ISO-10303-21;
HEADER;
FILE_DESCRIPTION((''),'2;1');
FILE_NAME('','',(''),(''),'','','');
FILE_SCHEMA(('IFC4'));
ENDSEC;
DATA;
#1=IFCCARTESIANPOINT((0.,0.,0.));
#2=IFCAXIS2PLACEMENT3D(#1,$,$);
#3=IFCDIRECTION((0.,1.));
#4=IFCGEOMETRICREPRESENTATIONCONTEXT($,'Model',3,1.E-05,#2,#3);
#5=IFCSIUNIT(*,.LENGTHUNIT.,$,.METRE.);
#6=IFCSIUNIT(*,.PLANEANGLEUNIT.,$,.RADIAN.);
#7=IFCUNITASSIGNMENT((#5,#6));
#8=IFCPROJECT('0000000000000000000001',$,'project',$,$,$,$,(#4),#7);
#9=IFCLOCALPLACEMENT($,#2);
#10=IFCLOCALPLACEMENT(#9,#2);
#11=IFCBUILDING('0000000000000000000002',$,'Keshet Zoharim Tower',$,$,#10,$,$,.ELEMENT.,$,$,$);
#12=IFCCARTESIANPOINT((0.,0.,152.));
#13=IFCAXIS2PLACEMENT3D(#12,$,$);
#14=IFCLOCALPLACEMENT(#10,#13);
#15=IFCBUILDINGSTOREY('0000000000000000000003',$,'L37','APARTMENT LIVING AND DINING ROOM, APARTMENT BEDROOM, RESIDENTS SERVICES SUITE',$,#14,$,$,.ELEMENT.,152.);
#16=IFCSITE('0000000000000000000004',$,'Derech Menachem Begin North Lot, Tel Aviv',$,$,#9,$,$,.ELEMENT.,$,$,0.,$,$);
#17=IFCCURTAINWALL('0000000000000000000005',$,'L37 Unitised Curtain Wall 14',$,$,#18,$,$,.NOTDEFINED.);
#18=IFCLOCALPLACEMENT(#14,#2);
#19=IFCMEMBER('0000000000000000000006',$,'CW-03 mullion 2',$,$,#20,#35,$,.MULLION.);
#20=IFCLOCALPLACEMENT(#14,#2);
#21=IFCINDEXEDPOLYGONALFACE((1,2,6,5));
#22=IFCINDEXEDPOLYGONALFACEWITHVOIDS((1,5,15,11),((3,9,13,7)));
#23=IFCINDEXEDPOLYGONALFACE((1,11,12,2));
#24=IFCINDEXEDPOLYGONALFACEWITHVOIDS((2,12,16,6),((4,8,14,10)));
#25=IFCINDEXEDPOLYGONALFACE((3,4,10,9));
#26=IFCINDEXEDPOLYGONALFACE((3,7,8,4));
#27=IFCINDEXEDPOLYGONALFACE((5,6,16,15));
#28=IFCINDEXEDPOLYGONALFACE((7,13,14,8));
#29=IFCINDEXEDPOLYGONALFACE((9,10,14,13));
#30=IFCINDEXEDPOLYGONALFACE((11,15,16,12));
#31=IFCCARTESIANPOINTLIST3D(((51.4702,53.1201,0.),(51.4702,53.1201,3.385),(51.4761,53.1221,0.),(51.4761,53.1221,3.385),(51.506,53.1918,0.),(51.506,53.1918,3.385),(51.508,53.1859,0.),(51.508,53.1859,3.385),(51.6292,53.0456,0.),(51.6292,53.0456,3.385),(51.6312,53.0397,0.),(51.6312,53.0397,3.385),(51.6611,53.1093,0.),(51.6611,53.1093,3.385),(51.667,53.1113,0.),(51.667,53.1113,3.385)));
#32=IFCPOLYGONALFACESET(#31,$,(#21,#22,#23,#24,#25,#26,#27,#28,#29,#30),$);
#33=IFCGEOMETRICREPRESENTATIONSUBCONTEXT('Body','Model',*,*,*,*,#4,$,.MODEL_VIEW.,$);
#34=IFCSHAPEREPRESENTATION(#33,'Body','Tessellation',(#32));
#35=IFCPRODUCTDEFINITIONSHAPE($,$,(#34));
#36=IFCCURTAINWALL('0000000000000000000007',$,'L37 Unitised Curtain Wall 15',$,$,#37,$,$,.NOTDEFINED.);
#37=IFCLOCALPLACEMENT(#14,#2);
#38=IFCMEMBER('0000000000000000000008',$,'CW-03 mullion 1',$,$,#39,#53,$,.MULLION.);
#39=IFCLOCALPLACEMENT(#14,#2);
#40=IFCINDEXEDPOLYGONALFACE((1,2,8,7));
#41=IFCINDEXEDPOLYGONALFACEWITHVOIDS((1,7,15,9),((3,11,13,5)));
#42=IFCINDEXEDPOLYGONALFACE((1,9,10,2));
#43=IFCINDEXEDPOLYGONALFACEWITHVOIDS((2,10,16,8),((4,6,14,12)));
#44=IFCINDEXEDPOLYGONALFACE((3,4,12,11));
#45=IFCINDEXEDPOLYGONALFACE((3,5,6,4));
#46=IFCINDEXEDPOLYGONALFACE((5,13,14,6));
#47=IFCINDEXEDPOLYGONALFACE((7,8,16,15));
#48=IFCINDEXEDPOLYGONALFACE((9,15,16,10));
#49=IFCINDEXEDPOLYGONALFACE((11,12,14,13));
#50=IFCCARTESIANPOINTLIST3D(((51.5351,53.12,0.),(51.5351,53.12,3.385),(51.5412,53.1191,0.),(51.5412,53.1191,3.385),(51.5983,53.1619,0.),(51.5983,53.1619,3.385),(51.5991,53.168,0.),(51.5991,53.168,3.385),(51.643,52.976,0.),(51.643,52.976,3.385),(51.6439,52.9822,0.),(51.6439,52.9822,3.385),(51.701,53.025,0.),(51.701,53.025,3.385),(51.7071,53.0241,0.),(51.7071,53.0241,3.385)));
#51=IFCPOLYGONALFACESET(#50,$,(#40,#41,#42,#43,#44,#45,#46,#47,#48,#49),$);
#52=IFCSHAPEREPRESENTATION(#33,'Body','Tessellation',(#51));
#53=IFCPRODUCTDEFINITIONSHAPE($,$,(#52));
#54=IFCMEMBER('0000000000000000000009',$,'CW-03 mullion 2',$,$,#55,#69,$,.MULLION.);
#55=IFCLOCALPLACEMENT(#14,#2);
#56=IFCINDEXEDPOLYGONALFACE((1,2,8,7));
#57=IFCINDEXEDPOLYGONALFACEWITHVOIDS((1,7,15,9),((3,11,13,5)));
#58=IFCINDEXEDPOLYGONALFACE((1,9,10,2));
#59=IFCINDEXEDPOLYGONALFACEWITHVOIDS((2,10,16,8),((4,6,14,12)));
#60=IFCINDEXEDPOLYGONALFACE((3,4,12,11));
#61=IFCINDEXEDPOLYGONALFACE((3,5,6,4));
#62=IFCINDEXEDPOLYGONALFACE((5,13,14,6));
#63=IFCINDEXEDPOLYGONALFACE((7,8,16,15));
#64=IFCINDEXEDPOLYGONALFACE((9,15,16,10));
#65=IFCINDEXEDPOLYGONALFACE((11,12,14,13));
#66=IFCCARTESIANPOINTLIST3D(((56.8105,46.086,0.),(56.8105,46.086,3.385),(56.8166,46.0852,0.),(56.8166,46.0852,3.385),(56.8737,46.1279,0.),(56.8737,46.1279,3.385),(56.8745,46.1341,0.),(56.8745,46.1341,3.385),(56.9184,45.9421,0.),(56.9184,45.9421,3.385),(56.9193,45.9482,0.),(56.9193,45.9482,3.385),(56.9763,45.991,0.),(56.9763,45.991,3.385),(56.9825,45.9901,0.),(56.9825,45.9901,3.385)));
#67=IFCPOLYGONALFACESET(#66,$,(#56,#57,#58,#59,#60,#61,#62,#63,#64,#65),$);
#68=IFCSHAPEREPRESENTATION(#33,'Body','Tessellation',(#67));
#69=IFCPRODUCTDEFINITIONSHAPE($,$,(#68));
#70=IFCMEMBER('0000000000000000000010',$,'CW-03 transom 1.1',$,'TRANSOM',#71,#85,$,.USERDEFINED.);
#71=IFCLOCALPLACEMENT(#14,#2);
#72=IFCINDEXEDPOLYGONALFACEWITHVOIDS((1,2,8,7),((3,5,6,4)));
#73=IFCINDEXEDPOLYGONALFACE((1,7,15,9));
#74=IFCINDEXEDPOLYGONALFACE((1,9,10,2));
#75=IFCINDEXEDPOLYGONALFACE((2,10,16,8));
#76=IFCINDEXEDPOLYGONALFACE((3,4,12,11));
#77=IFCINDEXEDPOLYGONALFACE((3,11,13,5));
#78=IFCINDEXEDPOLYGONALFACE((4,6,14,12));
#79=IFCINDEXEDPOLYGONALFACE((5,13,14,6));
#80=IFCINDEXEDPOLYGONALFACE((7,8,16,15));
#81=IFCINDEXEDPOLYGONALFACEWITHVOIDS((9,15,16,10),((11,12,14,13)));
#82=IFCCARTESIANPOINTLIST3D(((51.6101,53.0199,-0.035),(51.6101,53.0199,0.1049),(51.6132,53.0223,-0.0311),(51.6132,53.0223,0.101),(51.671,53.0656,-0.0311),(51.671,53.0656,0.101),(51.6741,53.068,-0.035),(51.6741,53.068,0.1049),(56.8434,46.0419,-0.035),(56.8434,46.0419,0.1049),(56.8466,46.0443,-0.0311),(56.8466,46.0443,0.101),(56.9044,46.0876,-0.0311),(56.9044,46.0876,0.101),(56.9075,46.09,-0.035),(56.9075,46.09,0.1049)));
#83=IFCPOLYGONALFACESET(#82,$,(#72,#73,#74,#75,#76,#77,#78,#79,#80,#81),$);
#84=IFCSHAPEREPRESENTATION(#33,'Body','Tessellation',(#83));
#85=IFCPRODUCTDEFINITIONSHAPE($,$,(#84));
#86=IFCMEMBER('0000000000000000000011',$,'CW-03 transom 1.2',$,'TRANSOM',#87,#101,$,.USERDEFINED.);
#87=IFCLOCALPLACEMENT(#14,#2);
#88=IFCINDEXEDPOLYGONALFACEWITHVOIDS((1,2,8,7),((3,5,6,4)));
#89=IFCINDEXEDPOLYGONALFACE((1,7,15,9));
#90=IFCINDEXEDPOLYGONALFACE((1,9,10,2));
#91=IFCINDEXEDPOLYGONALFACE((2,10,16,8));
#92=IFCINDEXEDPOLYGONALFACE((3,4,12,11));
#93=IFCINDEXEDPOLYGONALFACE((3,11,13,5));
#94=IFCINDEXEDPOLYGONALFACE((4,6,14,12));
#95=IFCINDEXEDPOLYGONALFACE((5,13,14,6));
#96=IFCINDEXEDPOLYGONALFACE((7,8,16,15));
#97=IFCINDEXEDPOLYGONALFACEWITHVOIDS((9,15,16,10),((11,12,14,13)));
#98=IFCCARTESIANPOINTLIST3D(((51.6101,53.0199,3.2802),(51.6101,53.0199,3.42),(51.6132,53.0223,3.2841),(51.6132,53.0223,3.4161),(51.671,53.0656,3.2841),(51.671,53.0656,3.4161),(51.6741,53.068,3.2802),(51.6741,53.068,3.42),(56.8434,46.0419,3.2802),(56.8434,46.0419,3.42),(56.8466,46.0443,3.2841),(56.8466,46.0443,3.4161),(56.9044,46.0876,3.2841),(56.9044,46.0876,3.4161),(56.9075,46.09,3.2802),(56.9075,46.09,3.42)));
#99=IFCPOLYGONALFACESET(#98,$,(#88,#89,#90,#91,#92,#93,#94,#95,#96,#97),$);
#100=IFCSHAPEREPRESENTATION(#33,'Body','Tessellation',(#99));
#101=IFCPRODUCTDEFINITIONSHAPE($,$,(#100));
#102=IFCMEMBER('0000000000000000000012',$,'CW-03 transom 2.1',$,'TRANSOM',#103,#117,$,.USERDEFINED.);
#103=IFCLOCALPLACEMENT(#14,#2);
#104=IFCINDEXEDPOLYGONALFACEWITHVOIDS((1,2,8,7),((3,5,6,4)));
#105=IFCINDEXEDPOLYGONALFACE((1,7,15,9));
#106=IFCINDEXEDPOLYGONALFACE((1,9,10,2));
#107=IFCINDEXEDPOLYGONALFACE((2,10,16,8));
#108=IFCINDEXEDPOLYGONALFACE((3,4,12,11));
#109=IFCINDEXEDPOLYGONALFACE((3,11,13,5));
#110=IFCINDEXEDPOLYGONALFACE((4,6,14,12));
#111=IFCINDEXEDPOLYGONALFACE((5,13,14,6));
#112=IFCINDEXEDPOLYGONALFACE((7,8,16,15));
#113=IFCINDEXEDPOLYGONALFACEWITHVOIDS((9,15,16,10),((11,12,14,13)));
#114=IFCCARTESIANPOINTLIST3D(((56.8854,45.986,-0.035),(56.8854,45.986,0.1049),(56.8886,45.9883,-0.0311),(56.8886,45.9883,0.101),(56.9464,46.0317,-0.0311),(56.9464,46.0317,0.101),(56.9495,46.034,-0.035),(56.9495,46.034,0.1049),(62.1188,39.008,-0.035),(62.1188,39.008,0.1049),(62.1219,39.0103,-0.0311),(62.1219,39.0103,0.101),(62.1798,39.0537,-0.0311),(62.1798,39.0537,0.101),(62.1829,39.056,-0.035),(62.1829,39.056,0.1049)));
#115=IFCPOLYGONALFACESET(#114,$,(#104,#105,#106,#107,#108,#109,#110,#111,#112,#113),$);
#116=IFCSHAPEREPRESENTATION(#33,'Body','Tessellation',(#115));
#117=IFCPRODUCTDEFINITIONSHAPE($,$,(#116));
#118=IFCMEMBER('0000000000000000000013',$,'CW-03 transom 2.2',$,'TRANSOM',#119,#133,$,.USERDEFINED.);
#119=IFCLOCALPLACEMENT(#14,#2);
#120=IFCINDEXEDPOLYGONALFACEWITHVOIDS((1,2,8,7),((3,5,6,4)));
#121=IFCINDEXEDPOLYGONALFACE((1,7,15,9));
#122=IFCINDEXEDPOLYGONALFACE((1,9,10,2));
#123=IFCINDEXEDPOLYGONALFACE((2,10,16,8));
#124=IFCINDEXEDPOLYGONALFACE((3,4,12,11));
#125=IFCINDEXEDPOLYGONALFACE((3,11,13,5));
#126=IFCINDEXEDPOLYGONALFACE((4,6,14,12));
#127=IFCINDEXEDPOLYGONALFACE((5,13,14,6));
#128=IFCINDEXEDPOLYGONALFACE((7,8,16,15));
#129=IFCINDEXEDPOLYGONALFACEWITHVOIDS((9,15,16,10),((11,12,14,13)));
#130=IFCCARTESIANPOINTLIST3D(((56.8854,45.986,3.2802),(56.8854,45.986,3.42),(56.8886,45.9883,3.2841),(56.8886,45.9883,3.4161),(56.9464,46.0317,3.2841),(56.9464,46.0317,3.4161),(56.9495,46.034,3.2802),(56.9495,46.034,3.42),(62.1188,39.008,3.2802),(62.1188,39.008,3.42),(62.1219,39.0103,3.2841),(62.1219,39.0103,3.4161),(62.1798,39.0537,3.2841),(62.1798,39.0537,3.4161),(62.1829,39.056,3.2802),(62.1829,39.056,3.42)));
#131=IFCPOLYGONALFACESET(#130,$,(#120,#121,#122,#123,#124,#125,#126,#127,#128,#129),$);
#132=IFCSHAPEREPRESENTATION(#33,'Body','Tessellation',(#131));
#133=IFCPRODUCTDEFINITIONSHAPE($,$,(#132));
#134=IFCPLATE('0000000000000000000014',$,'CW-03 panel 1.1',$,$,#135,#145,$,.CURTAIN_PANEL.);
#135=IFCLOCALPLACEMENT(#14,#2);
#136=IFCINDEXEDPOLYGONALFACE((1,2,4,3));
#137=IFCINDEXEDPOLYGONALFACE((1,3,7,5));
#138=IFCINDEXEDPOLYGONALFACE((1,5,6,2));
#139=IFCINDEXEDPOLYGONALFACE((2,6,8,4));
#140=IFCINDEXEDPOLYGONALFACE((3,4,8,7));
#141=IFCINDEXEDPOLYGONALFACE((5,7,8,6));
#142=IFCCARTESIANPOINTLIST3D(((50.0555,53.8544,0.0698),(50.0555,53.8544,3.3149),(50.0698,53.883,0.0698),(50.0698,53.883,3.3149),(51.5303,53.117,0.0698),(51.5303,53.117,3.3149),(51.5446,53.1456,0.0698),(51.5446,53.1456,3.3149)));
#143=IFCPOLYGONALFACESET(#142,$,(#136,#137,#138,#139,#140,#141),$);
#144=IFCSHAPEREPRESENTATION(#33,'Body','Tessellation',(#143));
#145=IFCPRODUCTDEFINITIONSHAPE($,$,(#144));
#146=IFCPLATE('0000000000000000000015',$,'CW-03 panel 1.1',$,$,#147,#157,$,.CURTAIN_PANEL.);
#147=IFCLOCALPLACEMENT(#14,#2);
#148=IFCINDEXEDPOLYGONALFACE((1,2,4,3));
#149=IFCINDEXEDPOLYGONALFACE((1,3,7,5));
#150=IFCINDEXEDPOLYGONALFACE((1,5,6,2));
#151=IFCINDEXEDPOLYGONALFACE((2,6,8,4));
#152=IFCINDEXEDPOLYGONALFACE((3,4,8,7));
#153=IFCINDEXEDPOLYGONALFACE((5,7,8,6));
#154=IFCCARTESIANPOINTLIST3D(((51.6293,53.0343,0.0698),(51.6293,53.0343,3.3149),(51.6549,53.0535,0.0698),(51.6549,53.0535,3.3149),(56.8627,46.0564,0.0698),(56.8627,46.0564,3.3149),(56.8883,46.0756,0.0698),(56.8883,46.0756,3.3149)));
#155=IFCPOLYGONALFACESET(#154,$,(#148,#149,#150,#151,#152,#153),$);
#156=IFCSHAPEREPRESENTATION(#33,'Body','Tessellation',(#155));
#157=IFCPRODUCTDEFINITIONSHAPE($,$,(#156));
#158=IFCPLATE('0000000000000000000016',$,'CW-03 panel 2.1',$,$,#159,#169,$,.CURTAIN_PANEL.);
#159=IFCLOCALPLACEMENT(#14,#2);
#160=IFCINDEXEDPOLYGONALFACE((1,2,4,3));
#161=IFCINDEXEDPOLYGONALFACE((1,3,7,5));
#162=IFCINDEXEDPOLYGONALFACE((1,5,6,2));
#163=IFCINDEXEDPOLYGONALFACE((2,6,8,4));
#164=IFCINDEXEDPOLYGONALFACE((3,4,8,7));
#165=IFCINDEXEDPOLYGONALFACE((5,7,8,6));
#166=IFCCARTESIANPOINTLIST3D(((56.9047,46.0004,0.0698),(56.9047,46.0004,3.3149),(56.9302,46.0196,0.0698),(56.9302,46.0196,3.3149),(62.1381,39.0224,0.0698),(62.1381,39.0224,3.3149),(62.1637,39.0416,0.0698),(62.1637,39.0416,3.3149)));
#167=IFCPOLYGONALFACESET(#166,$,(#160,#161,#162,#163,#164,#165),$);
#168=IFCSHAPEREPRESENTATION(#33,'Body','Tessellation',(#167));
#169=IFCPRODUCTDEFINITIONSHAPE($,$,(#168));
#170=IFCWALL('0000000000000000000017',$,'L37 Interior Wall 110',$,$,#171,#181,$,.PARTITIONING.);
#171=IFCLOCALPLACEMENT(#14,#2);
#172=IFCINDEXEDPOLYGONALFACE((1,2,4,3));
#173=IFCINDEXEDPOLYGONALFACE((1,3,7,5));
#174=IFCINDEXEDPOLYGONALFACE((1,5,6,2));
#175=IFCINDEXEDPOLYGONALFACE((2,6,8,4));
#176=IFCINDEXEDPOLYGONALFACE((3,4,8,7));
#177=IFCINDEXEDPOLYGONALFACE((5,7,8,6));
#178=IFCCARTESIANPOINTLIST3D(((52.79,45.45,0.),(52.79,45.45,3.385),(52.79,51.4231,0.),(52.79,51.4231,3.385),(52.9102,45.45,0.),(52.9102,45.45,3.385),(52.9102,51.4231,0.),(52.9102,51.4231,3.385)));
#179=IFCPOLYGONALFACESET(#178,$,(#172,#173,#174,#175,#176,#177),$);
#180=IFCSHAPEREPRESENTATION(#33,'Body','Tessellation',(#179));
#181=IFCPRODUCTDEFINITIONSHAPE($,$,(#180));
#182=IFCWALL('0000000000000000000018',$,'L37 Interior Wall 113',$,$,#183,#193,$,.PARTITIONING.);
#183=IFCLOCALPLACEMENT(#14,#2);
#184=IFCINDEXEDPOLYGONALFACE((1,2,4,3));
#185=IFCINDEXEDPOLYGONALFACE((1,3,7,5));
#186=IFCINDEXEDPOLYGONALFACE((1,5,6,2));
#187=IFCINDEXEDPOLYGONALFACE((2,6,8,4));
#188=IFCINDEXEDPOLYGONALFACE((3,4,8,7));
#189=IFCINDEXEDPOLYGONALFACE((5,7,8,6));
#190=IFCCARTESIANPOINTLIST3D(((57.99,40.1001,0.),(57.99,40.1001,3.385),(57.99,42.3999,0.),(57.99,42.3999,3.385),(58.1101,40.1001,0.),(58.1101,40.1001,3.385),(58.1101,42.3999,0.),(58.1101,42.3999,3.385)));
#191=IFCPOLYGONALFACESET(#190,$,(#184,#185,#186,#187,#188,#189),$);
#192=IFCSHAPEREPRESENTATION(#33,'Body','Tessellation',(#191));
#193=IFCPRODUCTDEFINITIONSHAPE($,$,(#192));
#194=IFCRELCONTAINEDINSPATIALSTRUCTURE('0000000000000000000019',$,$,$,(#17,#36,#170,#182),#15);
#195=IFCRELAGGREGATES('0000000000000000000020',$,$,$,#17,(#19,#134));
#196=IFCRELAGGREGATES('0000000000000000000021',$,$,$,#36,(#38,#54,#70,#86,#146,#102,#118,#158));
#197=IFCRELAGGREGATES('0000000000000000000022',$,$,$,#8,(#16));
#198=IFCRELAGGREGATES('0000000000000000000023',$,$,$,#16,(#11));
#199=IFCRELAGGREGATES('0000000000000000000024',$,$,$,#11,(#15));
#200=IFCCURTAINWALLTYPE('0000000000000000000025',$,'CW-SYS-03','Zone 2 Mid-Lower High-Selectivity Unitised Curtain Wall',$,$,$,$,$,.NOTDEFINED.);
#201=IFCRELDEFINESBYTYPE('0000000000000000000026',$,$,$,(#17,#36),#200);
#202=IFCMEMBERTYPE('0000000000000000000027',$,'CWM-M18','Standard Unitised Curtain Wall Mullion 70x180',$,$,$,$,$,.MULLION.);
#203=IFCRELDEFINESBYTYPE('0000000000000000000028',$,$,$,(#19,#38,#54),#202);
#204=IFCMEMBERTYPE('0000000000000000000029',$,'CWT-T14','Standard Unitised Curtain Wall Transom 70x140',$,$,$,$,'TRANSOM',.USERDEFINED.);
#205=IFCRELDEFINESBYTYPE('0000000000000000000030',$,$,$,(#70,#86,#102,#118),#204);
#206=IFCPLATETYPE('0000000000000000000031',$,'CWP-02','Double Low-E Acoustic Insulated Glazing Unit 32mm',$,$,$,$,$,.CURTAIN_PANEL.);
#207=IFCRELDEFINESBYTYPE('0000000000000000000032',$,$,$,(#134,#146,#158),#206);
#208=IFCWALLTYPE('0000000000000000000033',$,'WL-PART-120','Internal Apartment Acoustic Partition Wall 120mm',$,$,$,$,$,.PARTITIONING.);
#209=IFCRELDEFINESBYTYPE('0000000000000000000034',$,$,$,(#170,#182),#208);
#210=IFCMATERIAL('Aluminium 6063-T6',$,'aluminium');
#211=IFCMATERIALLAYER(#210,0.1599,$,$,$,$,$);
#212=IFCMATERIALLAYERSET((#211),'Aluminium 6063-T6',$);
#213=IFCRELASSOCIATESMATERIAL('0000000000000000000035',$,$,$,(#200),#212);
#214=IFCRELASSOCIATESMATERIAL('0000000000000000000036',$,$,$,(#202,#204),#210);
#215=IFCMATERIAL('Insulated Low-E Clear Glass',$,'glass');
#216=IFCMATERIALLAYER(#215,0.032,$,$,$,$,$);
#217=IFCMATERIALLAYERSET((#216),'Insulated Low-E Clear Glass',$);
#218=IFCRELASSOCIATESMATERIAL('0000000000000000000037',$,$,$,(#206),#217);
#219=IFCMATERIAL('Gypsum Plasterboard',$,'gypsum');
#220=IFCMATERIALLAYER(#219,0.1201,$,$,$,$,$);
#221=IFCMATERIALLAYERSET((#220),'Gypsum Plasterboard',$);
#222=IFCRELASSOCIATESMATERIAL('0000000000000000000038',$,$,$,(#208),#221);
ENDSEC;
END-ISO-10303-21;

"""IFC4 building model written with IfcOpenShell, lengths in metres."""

from ifc_helpers import new_model, si_unit, direction, frame, frame_2d, origin, origin_2d, place, context, subcontext, project, spatial, rectangle, hollow_rectangle, extrude, material, layer, layer_set, material_profile, profile_set, type_object, element, aggregate, save


model = new_model("IFC4")

# Units and contexts
model_context = context("Model", 3, precision=1e-05, world=origin(), true_north=direction((0.0, 1.0)))
body_context = subcontext(model_context, "Body", "Model", "MODEL_VIEW")
ifc_project = project(units=[si_unit("LENGTHUNIT", "METRE"), si_unit("PLANEANGLEUNIT", "RADIAN")], contexts=[model_context])

# Site, building, storey
site_placement = place(None, origin())
site = spatial("IfcSite", under=ifc_project, at=site_placement, Name="Derech Menachem Begin North Lot, Tel Aviv", CompositionType="ELEMENT", RefElevation=0.0)
building_placement = place(site_placement, origin())
building = spatial("IfcBuilding", under=site, at=building_placement, Name="Keshet Zoharim Tower", CompositionType="ELEMENT")
storey_placement = place(building_placement, frame((0.0, 0.0, 152.0)))
storey = spatial("IfcBuildingStorey", under=building, at=storey_placement, Name="L37", Description="APARTMENT LIVING AND DINING ROOM, APARTMENT BEDROOM, RESIDENTS SERVICES SUITE", CompositionType="ELEMENT", Elevation=152.0)

# Curtain wall, member
ifc_material_1 = material(Name="Aluminium 6063-T6", Category="aluminium")
ifc_layer_1 = layer(ifc_material_1, 0.1599)
ifc_layer_set_1 = layer_set([ifc_layer_1], Name="Aluminium 6063-T6")
curtain_wall_type = type_object("IfcCurtainWallType", Name="CW-SYS-03", Description="Zone 2 Mid-Lower High-Selectivity Unitised Curtain Wall", PredefinedType="NOTDEFINED", material=ifc_layer_set_1)
curtain_wall_1_placement = place(storey_placement, origin())
curtain_wall_1 = element("IfcCurtainWall", 1, at=curtain_wall_1_placement, inside=storey, type_object=curtain_wall_type, Name="L37 Unitised Curtain Wall 14", PredefinedType="NOTDEFINED")
ifc_material_profile_1 = material_profile(ifc_material_1, hollow_rectangle(XDim=0.0801, YDim=0.1799, WallThickness=0.0044, at=origin_2d()), Name="MUL-80x180")
ifc_profile_set_1 = profile_set([ifc_material_profile_1], Name="Aluminium 6063-T6")
member_type_1 = type_object("IfcMemberType", Name="CWM-M18", Description="Standard Unitised Curtain Wall Mullion 70x180", PredefinedType="MULLION", material=ifc_profile_set_1)
member_1_placement = place(storey_placement, frame((51.5686, 53.1157, 0.0), z_axis=(0.0, 0.0, 1.0), x_axis=(0.447214, 0.894427, 0.0)))
member_1 = element("IfcMember", 2, at=member_1_placement, type_object=member_type_1, Name="CW-03 mullion 2", PredefinedType="MULLION", context=body_context, shape_type="SweptSolid", body=[
    extrude(hollow_rectangle(XDim=0.0801, YDim=0.1799, WallThickness=0.0044, at=origin_2d()), origin(), (0.0, 0.0, 1.0), 3.385),
])

# Curtain wall, members
curtain_wall_2_placement = place(storey_placement, origin())
curtain_wall_2 = element("IfcCurtainWall", 3, at=curtain_wall_2_placement, inside=storey, type_object=curtain_wall_type, Name="L37 Unitised Curtain Wall 15", PredefinedType="NOTDEFINED")
member_2_placement = place(storey_placement, frame((51.6211, 53.072, 0.0), z_axis=(0.0, 0.0, 1.0), x_axis=(0.8, 0.6, 0.0)))
member_2 = element("IfcMember", 4, at=member_2_placement, type_object=member_type_1, Name="CW-03 mullion 1", PredefinedType="MULLION", context=body_context, shape_type="SweptSolid", body=[
    extrude(hollow_rectangle(XDim=0.0801, YDim=0.1799, WallThickness=0.0044, at=origin_2d()), origin(), (0.0, 0.0, 1.0), 3.385),
])
member_3_placement = place(storey_placement, frame((56.8965, 46.0381, 0.0), z_axis=(0.0, 0.0, 1.0), x_axis=(0.8, 0.6, 0.0)))
member_3 = element("IfcMember", 5, at=member_3_placement, type_object=member_type_1, Name="CW-03 mullion 2", PredefinedType="MULLION", context=body_context, shape_type="SweptSolid", body=[
    extrude(hollow_rectangle(XDim=0.0801, YDim=0.1799, WallThickness=0.0044, at=origin_2d()), origin(), (0.0, 0.0, 1.0), 3.385),
])
ifc_material_profile_2 = material_profile(ifc_material_1, hollow_rectangle(XDim=0.0801, YDim=0.1399, WallThickness=0.0039, at=origin_2d()), Name="TRN-80x140")
ifc_profile_set_2 = profile_set([ifc_material_profile_2], Name="Aluminium 6063-T6")
member_type_2 = type_object("IfcMemberType", Name="CWT-T14", Description="Standard Unitised Curtain Wall Transom 70x140", ElementType="TRANSOM", PredefinedType="USERDEFINED", material=ifc_profile_set_2)
member_4_placement = place(storey_placement, frame((51.6421, 53.0439, 0.0349), z_axis=(0.599991, -0.800007, 0.0), x_axis=(0.800007, 0.599991, 0.0)))
member_4 = element("IfcMember", 6, at=member_4_placement, type_object=member_type_2, Name="CW-03 transom 1.1", ObjectType="TRANSOM", PredefinedType="USERDEFINED", context=body_context, shape_type="SweptSolid", body=[
    extrude(hollow_rectangle(XDim=0.0801, YDim=0.1399, WallThickness=0.0039, at=origin_2d()), origin(), (0.0, 0.0, 1.0), 8.7224),
])
member_5_placement = place(storey_placement, frame((51.6421, 53.0439, 3.3501), z_axis=(0.599991, -0.800007, 0.0), x_axis=(0.800007, 0.599991, 0.0)))
member_5 = element("IfcMember", 7, at=member_5_placement, type_object=member_type_2, Name="CW-03 transom 1.2", ObjectType="TRANSOM", PredefinedType="USERDEFINED", context=body_context, shape_type="SweptSolid", body=[
    extrude(hollow_rectangle(XDim=0.0801, YDim=0.1399, WallThickness=0.0039, at=origin_2d()), origin(), (0.0, 0.0, 1.0), 8.7224),
])
member_6_placement = place(storey_placement, frame((56.9175, 46.01, 0.0349), z_axis=(0.599991, -0.800007, 0.0), x_axis=(0.800007, 0.599991, 0.0)))
member_6 = element("IfcMember", 8, at=member_6_placement, type_object=member_type_2, Name="CW-03 transom 2.1", ObjectType="TRANSOM", PredefinedType="USERDEFINED", context=body_context, shape_type="SweptSolid", body=[
    extrude(hollow_rectangle(XDim=0.0801, YDim=0.1399, WallThickness=0.0039, at=origin_2d()), origin(), (0.0, 0.0, 1.0), 8.7224),
])
member_7_placement = place(storey_placement, frame((56.9175, 46.01, 3.3501), z_axis=(0.599991, -0.800007, 0.0), x_axis=(0.800007, 0.599991, 0.0)))
member_7 = element("IfcMember", 9, at=member_7_placement, type_object=member_type_2, Name="CW-03 transom 2.2", ObjectType="TRANSOM", PredefinedType="USERDEFINED", context=body_context, shape_type="SweptSolid", body=[
    extrude(hollow_rectangle(XDim=0.0801, YDim=0.1399, WallThickness=0.0039, at=origin_2d()), origin(), (0.0, 0.0, 1.0), 8.7224),
])

# Plates
ifc_material_2 = material(Name="Insulated Low-E Clear Glass", Category="glass")
ifc_layer_2 = layer(ifc_material_2, 0.032)
ifc_layer_set_2 = layer_set([ifc_layer_2], Name="Insulated Low-E Clear Glass")
plate_type = type_object("IfcPlateType", Name="CWP-02", Description="Double Low-E Acoustic Insulated Glazing Unit 32mm", PredefinedType="CURTAIN_PANEL", material=ifc_layer_set_2)
plate_1_placement = place(storey_placement, frame((50.8, 53.5, 0.0698), z_axis=(0.0, 0.0, 1.0), x_axis=(0.894427, -0.447214, 0.0)))
plate_1 = element("IfcPlate", 10, at=plate_1_placement, type_object=plate_type, Name="CW-03 panel 1.1", PredefinedType="CURTAIN_PANEL", context=body_context, shape_type="SweptSolid", body=[
    extrude(rectangle(XDim=1.6489, YDim=0.032, at=origin_2d()), origin(), (0.0, 0.0, 1.0), 3.2451),
])
aggregate(curtain_wall_1, [member_1, plate_1])
plate_2_placement = place(storey_placement, frame((54.2588, 49.5549, 0.0698), z_axis=(0.0, 0.0, 1.0), x_axis=(0.6, -0.8, 0.0)))
plate_2 = element("IfcPlate", 11, at=plate_2_placement, type_object=plate_type, Name="CW-03 panel 1.1", PredefinedType="CURTAIN_PANEL", context=body_context, shape_type="SweptSolid", body=[
    extrude(rectangle(XDim=8.7224, YDim=0.032, at=origin_2d()), origin(), (0.0, 0.0, 1.0), 3.2451),
])
plate_3_placement = place(storey_placement, frame((59.5342, 42.521, 0.0698), z_axis=(0.0, 0.0, 1.0), x_axis=(0.6, -0.8, 0.0)))
plate_3 = element("IfcPlate", 12, at=plate_3_placement, type_object=plate_type, Name="CW-03 panel 2.1", PredefinedType="CURTAIN_PANEL", context=body_context, shape_type="SweptSolid", body=[
    extrude(rectangle(XDim=8.7224, YDim=0.032, at=origin_2d()), origin(), (0.0, 0.0, 1.0), 3.2451),
])
aggregate(curtain_wall_2, [member_2, member_3, member_4, member_5, plate_2, member_6, member_7, plate_3])

# Walls
ifc_material_3 = material(Name="Gypsum Plasterboard", Category="gypsum")
ifc_layer_3 = layer(ifc_material_3, 0.1201)
ifc_layer_set_3 = layer_set([ifc_layer_3], Name="Gypsum Plasterboard")
wall_type_1 = type_object("IfcWallType", Name="WL-PART-120", Description="Internal Apartment Acoustic Partition Wall 120mm", PredefinedType="PARTITIONING", material=ifc_layer_set_3)
wall_1_placement = place(storey_placement, frame((52.8501, 45.45, 0.0), z_axis=(0.0, 0.0, 1.0), x_axis=(0.0, 1.0, 0.0)))
element("IfcWall", 13, at=wall_1_placement, inside=storey, type_object=wall_type_1, Name="L37 Interior Wall 110", PredefinedType="PARTITIONING", context=body_context, shape_type="SweptSolid", body=[
    extrude(rectangle(XDim=5.9731, YDim=0.1201, at=frame_2d((2.9866, 0.0))), origin(), (0.0, 0.0, 1.0), 3.385),
])
wall_2_placement = place(storey_placement, frame((58.05, 40.1001, 0.0), z_axis=(0.0, 0.0, 1.0), x_axis=(0.0, 1.0, 0.0)))
element("IfcWall", 14, at=wall_2_placement, inside=storey, type_object=wall_type_1, Name="L37 Interior Wall 113", PredefinedType="PARTITIONING", context=body_context, shape_type="SweptSolid", body=[
    extrude(rectangle(XDim=2.2998, YDim=0.1201, at=frame_2d((1.1499, 0.0))), origin(), (0.0, 0.0, 1.0), 3.385),
])

save(model, "model.ifc")
